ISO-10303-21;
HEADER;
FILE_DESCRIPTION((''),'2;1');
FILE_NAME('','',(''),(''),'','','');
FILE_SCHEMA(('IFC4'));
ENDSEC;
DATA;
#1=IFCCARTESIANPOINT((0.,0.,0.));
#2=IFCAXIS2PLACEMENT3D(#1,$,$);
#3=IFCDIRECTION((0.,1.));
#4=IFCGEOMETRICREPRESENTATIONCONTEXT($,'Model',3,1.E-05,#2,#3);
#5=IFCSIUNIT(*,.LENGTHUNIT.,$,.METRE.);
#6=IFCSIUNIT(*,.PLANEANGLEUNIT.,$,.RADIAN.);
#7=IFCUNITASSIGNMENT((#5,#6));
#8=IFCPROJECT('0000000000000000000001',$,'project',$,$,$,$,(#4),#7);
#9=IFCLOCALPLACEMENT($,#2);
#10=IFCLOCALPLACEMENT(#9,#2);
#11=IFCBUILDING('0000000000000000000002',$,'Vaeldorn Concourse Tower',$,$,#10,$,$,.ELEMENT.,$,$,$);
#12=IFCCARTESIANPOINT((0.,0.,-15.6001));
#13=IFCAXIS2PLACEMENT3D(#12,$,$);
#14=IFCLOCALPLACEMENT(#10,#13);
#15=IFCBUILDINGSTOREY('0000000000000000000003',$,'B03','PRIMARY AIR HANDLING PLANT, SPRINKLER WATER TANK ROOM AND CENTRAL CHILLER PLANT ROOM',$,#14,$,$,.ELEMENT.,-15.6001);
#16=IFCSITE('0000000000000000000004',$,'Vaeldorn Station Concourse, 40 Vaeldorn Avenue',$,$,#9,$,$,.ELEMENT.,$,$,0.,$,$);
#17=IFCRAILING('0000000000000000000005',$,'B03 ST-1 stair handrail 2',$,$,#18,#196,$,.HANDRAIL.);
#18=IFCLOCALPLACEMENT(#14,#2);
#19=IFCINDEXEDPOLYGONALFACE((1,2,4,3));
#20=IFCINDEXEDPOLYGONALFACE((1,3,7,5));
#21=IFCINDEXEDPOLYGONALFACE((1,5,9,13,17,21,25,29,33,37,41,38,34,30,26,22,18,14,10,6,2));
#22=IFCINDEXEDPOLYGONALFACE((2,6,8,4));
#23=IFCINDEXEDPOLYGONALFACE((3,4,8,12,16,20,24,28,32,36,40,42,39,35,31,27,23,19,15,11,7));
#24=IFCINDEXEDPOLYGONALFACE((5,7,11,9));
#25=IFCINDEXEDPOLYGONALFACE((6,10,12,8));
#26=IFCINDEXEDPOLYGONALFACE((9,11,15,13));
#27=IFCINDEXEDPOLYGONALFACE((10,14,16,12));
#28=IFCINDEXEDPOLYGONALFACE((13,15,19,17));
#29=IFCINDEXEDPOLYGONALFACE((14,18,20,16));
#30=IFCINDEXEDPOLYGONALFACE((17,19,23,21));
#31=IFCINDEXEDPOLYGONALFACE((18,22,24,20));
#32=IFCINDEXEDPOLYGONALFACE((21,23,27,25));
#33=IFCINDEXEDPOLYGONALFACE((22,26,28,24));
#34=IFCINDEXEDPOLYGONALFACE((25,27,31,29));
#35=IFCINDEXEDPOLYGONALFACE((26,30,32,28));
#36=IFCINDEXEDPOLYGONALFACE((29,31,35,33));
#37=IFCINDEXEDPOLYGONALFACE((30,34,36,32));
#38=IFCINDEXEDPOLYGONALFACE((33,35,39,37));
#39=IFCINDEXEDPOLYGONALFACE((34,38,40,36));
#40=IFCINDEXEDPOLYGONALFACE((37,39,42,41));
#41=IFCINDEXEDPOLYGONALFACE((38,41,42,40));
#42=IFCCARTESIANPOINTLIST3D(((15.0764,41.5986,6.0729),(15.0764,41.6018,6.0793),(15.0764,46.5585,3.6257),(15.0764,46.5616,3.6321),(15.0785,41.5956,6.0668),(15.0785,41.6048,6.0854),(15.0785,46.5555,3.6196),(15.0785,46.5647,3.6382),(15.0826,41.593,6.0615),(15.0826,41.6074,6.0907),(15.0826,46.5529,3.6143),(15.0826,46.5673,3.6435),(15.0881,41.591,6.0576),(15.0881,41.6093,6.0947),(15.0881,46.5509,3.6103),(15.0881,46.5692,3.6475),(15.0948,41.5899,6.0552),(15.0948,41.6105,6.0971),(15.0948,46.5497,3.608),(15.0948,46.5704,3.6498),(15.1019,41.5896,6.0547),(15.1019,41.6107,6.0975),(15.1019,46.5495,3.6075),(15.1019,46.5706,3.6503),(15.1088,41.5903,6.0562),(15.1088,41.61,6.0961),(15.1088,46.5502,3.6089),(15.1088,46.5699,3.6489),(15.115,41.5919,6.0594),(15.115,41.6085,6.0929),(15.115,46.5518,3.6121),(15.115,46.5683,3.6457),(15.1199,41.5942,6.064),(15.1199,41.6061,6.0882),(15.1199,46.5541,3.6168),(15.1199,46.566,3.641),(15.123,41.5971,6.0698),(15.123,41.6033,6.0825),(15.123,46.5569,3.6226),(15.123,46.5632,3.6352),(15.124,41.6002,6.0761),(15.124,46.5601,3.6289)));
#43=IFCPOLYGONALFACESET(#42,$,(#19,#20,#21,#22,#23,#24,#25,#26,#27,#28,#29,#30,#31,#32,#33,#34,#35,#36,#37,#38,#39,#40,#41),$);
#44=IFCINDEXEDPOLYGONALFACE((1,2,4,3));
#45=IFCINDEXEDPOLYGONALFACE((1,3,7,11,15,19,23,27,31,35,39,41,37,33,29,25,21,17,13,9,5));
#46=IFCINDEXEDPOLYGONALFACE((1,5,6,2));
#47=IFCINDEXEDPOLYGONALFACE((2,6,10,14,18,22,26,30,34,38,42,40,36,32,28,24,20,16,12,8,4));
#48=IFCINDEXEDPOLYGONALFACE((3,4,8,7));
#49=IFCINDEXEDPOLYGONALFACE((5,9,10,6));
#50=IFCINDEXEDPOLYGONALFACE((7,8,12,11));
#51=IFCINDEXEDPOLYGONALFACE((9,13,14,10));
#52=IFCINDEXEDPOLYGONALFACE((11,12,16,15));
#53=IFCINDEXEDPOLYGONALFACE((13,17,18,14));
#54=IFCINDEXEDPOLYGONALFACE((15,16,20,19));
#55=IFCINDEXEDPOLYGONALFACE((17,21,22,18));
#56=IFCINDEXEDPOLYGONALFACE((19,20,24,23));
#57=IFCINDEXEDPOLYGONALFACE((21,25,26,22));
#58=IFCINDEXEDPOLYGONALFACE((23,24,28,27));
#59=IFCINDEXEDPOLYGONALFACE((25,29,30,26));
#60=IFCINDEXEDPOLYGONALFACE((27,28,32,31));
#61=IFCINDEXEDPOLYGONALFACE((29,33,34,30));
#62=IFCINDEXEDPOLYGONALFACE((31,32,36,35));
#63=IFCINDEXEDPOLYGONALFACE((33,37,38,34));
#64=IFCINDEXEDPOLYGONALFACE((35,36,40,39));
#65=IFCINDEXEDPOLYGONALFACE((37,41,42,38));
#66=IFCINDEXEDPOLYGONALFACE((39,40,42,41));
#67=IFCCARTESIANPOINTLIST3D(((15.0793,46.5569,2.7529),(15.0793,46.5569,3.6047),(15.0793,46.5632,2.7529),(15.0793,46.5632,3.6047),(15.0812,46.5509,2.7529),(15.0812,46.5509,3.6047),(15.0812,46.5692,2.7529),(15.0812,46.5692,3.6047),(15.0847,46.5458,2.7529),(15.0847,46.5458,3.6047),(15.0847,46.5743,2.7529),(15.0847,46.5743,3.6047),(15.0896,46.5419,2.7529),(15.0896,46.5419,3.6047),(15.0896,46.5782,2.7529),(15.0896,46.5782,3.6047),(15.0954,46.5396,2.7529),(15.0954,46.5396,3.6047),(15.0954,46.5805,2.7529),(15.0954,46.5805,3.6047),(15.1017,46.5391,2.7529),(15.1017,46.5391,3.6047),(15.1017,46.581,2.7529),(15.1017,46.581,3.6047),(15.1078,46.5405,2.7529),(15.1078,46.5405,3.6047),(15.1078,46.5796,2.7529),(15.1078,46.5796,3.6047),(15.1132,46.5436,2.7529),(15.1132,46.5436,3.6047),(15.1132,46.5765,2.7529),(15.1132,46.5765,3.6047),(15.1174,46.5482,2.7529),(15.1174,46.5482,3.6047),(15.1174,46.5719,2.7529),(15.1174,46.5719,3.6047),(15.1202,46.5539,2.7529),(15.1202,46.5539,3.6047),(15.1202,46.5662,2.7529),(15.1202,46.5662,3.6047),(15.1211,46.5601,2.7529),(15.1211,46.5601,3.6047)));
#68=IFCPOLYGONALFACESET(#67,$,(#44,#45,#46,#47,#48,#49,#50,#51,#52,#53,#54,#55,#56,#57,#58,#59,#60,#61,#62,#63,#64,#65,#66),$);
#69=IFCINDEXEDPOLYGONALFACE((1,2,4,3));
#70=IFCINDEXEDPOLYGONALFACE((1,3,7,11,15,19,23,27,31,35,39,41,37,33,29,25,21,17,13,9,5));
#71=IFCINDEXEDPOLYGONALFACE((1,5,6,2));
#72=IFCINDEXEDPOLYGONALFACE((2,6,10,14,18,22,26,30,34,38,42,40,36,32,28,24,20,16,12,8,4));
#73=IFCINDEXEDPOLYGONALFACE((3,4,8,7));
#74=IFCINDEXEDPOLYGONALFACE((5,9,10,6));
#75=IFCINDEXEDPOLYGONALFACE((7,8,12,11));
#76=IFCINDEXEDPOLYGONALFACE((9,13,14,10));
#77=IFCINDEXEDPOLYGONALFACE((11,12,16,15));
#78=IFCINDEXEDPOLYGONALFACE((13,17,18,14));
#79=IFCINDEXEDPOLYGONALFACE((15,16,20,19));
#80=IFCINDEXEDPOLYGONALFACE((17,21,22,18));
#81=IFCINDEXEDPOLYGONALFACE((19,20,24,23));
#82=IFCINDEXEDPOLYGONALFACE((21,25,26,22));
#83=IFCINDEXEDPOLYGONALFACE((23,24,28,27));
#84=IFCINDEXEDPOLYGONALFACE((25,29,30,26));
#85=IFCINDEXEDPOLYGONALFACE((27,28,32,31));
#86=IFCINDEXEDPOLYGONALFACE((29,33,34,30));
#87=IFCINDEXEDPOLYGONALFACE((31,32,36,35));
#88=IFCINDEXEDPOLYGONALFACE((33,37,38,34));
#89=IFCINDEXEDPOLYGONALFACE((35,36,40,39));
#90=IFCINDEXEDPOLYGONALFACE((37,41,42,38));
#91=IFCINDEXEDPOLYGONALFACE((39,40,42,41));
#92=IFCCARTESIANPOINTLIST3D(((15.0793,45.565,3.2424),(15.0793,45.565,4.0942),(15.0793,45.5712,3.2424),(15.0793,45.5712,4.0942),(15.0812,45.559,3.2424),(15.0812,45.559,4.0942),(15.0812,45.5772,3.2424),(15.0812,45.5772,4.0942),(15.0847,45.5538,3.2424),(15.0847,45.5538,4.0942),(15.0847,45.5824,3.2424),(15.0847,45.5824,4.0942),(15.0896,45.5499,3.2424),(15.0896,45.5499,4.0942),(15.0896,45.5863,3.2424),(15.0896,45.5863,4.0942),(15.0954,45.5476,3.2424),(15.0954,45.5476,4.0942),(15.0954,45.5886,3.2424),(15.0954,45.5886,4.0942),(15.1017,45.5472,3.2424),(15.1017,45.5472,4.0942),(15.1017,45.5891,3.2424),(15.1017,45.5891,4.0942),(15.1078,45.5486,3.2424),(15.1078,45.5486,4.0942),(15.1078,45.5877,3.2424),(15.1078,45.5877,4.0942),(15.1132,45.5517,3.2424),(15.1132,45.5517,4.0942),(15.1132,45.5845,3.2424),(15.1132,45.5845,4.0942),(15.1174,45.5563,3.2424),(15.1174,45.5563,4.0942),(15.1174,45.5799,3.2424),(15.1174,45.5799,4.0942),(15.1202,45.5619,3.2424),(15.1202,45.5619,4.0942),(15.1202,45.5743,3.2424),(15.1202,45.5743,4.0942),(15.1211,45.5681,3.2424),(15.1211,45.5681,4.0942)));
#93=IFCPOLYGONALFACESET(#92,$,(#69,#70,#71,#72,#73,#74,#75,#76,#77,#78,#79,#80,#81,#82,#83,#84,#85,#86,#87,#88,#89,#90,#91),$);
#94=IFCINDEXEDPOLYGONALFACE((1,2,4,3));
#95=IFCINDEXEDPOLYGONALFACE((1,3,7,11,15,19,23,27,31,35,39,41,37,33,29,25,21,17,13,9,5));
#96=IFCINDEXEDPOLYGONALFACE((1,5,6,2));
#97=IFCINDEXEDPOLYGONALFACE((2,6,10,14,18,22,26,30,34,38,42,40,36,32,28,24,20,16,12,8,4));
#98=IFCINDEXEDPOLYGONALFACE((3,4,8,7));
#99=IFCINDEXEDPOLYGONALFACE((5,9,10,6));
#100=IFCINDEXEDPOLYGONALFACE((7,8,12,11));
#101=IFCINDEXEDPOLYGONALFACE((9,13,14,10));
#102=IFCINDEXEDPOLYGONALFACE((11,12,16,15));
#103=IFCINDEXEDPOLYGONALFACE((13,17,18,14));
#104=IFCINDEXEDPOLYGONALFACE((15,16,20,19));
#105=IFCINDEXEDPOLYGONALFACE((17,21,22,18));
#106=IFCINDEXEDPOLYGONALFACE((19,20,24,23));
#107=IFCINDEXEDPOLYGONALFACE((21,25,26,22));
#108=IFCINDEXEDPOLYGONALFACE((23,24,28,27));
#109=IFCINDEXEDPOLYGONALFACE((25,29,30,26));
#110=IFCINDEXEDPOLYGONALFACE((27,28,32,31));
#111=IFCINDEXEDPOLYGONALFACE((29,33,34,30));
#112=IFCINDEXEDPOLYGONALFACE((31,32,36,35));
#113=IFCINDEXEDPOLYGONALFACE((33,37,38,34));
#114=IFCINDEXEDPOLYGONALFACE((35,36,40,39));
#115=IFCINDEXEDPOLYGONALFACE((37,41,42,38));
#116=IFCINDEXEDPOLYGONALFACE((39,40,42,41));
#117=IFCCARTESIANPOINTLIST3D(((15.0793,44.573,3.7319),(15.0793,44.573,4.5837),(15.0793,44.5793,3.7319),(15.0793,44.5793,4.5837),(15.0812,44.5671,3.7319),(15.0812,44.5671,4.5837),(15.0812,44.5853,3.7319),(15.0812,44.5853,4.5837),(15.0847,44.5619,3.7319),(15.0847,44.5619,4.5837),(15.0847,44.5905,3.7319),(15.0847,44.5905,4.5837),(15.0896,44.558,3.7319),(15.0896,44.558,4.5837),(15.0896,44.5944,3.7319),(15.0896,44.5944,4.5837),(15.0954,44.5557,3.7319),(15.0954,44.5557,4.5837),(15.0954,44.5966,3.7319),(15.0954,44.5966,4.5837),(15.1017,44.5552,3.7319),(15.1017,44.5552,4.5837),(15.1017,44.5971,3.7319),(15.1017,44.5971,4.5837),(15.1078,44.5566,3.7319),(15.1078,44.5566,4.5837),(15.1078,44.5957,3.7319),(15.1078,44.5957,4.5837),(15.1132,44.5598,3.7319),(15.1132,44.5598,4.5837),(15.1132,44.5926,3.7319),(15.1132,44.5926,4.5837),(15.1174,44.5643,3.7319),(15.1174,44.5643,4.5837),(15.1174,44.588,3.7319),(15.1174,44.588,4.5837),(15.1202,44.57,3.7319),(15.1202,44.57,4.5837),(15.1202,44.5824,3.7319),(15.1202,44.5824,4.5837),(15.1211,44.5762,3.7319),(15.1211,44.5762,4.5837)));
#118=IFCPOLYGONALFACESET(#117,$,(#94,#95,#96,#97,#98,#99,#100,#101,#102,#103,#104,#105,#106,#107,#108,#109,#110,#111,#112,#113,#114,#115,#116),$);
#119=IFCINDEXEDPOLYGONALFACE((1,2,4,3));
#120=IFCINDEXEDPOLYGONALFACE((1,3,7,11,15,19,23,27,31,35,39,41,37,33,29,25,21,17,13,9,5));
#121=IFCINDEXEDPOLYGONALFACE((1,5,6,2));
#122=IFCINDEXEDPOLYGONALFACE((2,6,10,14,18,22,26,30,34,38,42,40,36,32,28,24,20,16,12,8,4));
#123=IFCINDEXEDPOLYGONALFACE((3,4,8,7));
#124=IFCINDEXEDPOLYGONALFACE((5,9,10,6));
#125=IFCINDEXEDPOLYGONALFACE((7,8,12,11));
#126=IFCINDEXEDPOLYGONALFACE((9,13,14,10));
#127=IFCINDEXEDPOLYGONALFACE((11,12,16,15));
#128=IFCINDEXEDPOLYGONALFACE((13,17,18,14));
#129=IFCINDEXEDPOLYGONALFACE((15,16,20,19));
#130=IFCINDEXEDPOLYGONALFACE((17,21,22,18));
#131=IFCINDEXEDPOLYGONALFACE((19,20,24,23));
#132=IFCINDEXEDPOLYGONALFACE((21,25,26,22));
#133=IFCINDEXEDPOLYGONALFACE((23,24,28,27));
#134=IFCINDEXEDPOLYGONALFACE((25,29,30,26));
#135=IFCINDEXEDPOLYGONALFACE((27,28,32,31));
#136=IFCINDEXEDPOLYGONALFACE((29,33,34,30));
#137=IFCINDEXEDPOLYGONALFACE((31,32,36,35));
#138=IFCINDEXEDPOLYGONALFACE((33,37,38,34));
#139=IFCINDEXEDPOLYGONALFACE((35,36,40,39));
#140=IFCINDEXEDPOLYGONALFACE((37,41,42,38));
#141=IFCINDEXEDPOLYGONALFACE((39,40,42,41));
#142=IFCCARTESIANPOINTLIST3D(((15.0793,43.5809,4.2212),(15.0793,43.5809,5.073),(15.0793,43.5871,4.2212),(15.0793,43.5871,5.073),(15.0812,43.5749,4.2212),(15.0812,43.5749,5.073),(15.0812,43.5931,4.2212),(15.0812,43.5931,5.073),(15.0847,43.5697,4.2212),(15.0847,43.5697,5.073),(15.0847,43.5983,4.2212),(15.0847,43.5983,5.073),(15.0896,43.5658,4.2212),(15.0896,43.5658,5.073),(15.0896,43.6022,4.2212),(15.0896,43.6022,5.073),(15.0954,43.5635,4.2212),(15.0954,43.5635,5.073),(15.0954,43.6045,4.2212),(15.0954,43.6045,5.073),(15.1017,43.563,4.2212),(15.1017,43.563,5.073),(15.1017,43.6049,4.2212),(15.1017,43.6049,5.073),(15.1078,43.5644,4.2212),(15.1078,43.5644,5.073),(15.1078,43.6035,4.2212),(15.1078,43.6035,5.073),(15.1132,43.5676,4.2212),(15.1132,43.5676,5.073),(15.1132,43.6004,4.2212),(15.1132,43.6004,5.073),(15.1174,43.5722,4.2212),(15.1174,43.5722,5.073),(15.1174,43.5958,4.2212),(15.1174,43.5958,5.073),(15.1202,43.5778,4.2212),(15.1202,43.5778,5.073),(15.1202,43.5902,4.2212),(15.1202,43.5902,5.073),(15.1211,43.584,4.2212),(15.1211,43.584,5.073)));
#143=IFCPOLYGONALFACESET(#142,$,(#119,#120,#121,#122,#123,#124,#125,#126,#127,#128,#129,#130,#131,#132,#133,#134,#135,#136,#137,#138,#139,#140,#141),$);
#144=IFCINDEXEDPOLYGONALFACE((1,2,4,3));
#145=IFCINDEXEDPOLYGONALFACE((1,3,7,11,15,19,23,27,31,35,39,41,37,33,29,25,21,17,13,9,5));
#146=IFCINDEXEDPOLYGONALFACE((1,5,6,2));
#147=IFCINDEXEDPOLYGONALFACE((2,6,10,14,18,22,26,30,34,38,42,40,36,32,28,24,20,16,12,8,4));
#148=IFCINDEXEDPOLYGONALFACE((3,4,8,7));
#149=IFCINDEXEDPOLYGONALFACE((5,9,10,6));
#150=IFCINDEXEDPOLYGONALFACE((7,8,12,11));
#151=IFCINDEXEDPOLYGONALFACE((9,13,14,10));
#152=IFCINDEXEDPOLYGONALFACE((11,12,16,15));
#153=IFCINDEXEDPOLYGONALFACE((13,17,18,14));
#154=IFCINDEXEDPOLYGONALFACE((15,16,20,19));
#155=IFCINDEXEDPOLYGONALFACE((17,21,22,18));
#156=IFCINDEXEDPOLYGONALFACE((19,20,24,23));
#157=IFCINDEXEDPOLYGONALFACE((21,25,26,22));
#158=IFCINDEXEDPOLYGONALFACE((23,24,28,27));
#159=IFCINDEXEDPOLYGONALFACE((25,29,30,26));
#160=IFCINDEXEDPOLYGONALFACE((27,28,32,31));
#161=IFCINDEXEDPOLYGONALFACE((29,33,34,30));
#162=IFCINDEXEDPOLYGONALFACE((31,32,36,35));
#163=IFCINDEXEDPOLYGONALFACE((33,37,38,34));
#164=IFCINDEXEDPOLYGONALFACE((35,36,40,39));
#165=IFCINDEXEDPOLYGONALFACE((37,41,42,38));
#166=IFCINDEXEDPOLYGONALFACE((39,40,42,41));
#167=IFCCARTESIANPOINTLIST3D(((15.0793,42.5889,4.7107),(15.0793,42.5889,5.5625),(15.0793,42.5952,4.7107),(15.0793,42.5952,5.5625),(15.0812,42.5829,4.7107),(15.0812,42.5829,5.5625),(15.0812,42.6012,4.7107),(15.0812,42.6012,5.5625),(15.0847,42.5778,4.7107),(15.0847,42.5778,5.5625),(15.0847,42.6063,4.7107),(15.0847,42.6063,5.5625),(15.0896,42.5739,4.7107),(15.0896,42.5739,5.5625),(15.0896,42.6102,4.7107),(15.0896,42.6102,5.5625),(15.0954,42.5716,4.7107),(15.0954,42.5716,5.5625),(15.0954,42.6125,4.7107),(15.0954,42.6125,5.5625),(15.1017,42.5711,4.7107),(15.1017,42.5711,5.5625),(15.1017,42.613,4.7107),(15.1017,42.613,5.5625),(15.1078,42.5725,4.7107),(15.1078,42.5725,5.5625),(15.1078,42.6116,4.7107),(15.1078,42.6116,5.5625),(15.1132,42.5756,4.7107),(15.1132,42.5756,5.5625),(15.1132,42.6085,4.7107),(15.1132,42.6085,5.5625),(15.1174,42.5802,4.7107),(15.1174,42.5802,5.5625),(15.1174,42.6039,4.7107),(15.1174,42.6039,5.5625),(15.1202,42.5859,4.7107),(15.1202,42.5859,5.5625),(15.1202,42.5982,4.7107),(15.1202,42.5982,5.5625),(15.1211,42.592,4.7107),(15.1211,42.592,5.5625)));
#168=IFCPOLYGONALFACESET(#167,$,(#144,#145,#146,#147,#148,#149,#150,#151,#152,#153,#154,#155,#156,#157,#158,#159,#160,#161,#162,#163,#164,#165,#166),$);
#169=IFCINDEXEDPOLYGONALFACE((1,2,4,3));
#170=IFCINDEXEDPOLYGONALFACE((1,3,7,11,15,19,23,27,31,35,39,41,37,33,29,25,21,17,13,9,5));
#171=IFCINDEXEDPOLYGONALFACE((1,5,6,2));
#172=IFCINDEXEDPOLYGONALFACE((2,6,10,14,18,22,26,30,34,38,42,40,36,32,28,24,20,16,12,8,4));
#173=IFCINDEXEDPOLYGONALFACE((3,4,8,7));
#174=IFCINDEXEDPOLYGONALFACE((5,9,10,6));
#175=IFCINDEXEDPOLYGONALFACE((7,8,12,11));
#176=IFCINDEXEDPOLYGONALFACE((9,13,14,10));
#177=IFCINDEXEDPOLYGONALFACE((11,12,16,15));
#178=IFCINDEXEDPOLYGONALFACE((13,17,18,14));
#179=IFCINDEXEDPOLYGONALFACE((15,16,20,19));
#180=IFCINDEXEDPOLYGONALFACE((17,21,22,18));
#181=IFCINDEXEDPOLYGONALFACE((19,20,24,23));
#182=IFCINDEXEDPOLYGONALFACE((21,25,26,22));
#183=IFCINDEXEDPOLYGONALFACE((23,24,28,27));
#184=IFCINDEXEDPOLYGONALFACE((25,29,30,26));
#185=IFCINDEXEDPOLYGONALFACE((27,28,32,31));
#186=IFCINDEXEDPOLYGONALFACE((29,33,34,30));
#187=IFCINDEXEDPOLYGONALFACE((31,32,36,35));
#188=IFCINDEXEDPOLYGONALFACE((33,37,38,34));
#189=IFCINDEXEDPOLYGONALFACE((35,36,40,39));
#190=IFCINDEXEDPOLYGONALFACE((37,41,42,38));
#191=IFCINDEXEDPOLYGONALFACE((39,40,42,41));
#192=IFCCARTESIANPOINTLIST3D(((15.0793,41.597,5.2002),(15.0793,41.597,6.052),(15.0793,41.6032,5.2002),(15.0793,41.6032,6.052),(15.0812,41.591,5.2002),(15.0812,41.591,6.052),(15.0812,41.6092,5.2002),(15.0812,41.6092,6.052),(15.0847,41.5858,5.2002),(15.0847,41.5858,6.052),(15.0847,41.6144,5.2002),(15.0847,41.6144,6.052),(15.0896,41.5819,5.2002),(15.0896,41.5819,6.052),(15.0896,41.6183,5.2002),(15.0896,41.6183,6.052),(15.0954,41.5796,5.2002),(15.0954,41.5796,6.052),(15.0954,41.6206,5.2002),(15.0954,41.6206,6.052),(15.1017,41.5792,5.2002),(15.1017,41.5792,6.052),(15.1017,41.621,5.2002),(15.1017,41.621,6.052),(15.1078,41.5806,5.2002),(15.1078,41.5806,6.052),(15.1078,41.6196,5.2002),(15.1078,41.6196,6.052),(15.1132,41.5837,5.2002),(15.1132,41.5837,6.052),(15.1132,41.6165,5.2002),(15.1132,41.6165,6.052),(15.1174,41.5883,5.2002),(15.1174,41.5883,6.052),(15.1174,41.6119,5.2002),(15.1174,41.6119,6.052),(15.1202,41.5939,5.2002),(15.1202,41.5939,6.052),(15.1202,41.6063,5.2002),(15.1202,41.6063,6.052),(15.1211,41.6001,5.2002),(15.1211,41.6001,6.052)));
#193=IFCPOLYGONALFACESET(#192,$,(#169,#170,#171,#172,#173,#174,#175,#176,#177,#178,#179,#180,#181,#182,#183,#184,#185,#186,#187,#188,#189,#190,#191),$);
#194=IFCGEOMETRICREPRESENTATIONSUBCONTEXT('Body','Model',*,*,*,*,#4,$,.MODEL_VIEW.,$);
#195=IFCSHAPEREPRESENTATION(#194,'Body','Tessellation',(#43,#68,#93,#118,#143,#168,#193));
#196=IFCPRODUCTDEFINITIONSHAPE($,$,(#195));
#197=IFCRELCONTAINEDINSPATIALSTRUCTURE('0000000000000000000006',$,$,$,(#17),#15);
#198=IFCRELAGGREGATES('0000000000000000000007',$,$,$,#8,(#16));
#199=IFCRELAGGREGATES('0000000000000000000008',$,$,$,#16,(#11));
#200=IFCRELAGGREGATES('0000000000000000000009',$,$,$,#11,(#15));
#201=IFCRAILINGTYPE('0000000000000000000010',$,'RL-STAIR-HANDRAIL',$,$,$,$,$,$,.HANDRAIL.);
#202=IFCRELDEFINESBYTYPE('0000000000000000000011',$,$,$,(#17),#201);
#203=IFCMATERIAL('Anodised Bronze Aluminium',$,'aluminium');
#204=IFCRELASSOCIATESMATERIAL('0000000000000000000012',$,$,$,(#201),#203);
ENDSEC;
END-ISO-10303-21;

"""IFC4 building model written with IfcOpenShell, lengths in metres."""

from ifc_helpers import new_model, si_unit, direction, frame, origin, origin_2d, place, context, subcontext, project, spatial, circle, extrude, material, type_object, element, save


model = new_model("IFC4")

# Units and contexts
model_context = context("Model", 3, precision=1e-05, world=origin(), true_north=direction((0.0, 1.0)))
body_context = subcontext(model_context, "Body", "Model", "MODEL_VIEW")
ifc_project = project(units=[si_unit("LENGTHUNIT", "METRE"), si_unit("PLANEANGLEUNIT", "RADIAN")], contexts=[model_context])

# Site, building, storey
site_placement = place(None, origin())
site = spatial("IfcSite", under=ifc_project, at=site_placement, Name="Vaeldorn Station Concourse, 40 Vaeldorn Avenue", CompositionType="ELEMENT", RefElevation=0.0)
building_placement = place(site_placement, origin())
building = spatial("IfcBuilding", under=site, at=building_placement, Name="Vaeldorn Concourse Tower", CompositionType="ELEMENT")
storey_placement = place(building_placement, frame((0.0, 0.0, -15.6001)))
storey = spatial("IfcBuildingStorey", under=building, at=storey_placement, Name="B03", Description="PRIMARY AIR HANDLING PLANT, SPRINKLER WATER TANK ROOM AND CENTRAL CHILLER PLANT ROOM", CompositionType="ELEMENT", Elevation=-15.6001)

# Railing
ifc_material_1 = material(Name="Anodised Bronze Aluminium", Category="aluminium")
railing_type_1 = type_object("IfcRailingType", Name="RL-STAIR-HANDRAIL", PredefinedType="HANDRAIL", material=ifc_material_1)
for number, where, name in (
    (1, (15.1001, 46.5601, 2.7529), "B03 ST-1 stair handrail 2"),
):
    element("IfcRailing", number, at=place(storey_placement, frame(where)), inside=storey, type_object=railing_type_1, Name=name, PredefinedType="HANDRAIL", context=body_context, shape_type="SweptSolid", body=[
        extrude(circle(Radius=0.0239, at=origin_2d()), frame((0.0, 0.0, 0.876), z_axis=(0.0, -0.896781, 0.442475), x_axis=(1.0, 0.0, 0.0)), (0.0, 0.0, 1.0), 5.5308),
        extrude(circle(Radius=0.021, at=origin_2d()), origin(), (0.0, 0.0, 1.0), 0.8518),
        extrude(circle(Radius=0.021, at=origin_2d()), frame((0.0, -0.9919, 0.4895)), (0.0, 0.0, 1.0), 0.8518),
        extrude(circle(Radius=0.021, at=origin_2d()), frame((0.0, -1.9839, 0.979)), (0.0, 0.0, 1.0), 0.8518),
        extrude(circle(Radius=0.021, at=origin_2d()), frame((0.0, -2.9761, 1.4683)), (0.0, 0.0, 1.0), 0.8518),
        extrude(circle(Radius=0.021, at=origin_2d()), frame((0.0, -3.968, 1.9578)), (0.0, 0.0, 1.0), 0.8518),
        extrude(circle(Radius=0.021, at=origin_2d()), frame((0.0, -4.96, 2.4473)), (0.0, 0.0, 1.0), 0.8518),
    ])

save(model, "model.ifc")
